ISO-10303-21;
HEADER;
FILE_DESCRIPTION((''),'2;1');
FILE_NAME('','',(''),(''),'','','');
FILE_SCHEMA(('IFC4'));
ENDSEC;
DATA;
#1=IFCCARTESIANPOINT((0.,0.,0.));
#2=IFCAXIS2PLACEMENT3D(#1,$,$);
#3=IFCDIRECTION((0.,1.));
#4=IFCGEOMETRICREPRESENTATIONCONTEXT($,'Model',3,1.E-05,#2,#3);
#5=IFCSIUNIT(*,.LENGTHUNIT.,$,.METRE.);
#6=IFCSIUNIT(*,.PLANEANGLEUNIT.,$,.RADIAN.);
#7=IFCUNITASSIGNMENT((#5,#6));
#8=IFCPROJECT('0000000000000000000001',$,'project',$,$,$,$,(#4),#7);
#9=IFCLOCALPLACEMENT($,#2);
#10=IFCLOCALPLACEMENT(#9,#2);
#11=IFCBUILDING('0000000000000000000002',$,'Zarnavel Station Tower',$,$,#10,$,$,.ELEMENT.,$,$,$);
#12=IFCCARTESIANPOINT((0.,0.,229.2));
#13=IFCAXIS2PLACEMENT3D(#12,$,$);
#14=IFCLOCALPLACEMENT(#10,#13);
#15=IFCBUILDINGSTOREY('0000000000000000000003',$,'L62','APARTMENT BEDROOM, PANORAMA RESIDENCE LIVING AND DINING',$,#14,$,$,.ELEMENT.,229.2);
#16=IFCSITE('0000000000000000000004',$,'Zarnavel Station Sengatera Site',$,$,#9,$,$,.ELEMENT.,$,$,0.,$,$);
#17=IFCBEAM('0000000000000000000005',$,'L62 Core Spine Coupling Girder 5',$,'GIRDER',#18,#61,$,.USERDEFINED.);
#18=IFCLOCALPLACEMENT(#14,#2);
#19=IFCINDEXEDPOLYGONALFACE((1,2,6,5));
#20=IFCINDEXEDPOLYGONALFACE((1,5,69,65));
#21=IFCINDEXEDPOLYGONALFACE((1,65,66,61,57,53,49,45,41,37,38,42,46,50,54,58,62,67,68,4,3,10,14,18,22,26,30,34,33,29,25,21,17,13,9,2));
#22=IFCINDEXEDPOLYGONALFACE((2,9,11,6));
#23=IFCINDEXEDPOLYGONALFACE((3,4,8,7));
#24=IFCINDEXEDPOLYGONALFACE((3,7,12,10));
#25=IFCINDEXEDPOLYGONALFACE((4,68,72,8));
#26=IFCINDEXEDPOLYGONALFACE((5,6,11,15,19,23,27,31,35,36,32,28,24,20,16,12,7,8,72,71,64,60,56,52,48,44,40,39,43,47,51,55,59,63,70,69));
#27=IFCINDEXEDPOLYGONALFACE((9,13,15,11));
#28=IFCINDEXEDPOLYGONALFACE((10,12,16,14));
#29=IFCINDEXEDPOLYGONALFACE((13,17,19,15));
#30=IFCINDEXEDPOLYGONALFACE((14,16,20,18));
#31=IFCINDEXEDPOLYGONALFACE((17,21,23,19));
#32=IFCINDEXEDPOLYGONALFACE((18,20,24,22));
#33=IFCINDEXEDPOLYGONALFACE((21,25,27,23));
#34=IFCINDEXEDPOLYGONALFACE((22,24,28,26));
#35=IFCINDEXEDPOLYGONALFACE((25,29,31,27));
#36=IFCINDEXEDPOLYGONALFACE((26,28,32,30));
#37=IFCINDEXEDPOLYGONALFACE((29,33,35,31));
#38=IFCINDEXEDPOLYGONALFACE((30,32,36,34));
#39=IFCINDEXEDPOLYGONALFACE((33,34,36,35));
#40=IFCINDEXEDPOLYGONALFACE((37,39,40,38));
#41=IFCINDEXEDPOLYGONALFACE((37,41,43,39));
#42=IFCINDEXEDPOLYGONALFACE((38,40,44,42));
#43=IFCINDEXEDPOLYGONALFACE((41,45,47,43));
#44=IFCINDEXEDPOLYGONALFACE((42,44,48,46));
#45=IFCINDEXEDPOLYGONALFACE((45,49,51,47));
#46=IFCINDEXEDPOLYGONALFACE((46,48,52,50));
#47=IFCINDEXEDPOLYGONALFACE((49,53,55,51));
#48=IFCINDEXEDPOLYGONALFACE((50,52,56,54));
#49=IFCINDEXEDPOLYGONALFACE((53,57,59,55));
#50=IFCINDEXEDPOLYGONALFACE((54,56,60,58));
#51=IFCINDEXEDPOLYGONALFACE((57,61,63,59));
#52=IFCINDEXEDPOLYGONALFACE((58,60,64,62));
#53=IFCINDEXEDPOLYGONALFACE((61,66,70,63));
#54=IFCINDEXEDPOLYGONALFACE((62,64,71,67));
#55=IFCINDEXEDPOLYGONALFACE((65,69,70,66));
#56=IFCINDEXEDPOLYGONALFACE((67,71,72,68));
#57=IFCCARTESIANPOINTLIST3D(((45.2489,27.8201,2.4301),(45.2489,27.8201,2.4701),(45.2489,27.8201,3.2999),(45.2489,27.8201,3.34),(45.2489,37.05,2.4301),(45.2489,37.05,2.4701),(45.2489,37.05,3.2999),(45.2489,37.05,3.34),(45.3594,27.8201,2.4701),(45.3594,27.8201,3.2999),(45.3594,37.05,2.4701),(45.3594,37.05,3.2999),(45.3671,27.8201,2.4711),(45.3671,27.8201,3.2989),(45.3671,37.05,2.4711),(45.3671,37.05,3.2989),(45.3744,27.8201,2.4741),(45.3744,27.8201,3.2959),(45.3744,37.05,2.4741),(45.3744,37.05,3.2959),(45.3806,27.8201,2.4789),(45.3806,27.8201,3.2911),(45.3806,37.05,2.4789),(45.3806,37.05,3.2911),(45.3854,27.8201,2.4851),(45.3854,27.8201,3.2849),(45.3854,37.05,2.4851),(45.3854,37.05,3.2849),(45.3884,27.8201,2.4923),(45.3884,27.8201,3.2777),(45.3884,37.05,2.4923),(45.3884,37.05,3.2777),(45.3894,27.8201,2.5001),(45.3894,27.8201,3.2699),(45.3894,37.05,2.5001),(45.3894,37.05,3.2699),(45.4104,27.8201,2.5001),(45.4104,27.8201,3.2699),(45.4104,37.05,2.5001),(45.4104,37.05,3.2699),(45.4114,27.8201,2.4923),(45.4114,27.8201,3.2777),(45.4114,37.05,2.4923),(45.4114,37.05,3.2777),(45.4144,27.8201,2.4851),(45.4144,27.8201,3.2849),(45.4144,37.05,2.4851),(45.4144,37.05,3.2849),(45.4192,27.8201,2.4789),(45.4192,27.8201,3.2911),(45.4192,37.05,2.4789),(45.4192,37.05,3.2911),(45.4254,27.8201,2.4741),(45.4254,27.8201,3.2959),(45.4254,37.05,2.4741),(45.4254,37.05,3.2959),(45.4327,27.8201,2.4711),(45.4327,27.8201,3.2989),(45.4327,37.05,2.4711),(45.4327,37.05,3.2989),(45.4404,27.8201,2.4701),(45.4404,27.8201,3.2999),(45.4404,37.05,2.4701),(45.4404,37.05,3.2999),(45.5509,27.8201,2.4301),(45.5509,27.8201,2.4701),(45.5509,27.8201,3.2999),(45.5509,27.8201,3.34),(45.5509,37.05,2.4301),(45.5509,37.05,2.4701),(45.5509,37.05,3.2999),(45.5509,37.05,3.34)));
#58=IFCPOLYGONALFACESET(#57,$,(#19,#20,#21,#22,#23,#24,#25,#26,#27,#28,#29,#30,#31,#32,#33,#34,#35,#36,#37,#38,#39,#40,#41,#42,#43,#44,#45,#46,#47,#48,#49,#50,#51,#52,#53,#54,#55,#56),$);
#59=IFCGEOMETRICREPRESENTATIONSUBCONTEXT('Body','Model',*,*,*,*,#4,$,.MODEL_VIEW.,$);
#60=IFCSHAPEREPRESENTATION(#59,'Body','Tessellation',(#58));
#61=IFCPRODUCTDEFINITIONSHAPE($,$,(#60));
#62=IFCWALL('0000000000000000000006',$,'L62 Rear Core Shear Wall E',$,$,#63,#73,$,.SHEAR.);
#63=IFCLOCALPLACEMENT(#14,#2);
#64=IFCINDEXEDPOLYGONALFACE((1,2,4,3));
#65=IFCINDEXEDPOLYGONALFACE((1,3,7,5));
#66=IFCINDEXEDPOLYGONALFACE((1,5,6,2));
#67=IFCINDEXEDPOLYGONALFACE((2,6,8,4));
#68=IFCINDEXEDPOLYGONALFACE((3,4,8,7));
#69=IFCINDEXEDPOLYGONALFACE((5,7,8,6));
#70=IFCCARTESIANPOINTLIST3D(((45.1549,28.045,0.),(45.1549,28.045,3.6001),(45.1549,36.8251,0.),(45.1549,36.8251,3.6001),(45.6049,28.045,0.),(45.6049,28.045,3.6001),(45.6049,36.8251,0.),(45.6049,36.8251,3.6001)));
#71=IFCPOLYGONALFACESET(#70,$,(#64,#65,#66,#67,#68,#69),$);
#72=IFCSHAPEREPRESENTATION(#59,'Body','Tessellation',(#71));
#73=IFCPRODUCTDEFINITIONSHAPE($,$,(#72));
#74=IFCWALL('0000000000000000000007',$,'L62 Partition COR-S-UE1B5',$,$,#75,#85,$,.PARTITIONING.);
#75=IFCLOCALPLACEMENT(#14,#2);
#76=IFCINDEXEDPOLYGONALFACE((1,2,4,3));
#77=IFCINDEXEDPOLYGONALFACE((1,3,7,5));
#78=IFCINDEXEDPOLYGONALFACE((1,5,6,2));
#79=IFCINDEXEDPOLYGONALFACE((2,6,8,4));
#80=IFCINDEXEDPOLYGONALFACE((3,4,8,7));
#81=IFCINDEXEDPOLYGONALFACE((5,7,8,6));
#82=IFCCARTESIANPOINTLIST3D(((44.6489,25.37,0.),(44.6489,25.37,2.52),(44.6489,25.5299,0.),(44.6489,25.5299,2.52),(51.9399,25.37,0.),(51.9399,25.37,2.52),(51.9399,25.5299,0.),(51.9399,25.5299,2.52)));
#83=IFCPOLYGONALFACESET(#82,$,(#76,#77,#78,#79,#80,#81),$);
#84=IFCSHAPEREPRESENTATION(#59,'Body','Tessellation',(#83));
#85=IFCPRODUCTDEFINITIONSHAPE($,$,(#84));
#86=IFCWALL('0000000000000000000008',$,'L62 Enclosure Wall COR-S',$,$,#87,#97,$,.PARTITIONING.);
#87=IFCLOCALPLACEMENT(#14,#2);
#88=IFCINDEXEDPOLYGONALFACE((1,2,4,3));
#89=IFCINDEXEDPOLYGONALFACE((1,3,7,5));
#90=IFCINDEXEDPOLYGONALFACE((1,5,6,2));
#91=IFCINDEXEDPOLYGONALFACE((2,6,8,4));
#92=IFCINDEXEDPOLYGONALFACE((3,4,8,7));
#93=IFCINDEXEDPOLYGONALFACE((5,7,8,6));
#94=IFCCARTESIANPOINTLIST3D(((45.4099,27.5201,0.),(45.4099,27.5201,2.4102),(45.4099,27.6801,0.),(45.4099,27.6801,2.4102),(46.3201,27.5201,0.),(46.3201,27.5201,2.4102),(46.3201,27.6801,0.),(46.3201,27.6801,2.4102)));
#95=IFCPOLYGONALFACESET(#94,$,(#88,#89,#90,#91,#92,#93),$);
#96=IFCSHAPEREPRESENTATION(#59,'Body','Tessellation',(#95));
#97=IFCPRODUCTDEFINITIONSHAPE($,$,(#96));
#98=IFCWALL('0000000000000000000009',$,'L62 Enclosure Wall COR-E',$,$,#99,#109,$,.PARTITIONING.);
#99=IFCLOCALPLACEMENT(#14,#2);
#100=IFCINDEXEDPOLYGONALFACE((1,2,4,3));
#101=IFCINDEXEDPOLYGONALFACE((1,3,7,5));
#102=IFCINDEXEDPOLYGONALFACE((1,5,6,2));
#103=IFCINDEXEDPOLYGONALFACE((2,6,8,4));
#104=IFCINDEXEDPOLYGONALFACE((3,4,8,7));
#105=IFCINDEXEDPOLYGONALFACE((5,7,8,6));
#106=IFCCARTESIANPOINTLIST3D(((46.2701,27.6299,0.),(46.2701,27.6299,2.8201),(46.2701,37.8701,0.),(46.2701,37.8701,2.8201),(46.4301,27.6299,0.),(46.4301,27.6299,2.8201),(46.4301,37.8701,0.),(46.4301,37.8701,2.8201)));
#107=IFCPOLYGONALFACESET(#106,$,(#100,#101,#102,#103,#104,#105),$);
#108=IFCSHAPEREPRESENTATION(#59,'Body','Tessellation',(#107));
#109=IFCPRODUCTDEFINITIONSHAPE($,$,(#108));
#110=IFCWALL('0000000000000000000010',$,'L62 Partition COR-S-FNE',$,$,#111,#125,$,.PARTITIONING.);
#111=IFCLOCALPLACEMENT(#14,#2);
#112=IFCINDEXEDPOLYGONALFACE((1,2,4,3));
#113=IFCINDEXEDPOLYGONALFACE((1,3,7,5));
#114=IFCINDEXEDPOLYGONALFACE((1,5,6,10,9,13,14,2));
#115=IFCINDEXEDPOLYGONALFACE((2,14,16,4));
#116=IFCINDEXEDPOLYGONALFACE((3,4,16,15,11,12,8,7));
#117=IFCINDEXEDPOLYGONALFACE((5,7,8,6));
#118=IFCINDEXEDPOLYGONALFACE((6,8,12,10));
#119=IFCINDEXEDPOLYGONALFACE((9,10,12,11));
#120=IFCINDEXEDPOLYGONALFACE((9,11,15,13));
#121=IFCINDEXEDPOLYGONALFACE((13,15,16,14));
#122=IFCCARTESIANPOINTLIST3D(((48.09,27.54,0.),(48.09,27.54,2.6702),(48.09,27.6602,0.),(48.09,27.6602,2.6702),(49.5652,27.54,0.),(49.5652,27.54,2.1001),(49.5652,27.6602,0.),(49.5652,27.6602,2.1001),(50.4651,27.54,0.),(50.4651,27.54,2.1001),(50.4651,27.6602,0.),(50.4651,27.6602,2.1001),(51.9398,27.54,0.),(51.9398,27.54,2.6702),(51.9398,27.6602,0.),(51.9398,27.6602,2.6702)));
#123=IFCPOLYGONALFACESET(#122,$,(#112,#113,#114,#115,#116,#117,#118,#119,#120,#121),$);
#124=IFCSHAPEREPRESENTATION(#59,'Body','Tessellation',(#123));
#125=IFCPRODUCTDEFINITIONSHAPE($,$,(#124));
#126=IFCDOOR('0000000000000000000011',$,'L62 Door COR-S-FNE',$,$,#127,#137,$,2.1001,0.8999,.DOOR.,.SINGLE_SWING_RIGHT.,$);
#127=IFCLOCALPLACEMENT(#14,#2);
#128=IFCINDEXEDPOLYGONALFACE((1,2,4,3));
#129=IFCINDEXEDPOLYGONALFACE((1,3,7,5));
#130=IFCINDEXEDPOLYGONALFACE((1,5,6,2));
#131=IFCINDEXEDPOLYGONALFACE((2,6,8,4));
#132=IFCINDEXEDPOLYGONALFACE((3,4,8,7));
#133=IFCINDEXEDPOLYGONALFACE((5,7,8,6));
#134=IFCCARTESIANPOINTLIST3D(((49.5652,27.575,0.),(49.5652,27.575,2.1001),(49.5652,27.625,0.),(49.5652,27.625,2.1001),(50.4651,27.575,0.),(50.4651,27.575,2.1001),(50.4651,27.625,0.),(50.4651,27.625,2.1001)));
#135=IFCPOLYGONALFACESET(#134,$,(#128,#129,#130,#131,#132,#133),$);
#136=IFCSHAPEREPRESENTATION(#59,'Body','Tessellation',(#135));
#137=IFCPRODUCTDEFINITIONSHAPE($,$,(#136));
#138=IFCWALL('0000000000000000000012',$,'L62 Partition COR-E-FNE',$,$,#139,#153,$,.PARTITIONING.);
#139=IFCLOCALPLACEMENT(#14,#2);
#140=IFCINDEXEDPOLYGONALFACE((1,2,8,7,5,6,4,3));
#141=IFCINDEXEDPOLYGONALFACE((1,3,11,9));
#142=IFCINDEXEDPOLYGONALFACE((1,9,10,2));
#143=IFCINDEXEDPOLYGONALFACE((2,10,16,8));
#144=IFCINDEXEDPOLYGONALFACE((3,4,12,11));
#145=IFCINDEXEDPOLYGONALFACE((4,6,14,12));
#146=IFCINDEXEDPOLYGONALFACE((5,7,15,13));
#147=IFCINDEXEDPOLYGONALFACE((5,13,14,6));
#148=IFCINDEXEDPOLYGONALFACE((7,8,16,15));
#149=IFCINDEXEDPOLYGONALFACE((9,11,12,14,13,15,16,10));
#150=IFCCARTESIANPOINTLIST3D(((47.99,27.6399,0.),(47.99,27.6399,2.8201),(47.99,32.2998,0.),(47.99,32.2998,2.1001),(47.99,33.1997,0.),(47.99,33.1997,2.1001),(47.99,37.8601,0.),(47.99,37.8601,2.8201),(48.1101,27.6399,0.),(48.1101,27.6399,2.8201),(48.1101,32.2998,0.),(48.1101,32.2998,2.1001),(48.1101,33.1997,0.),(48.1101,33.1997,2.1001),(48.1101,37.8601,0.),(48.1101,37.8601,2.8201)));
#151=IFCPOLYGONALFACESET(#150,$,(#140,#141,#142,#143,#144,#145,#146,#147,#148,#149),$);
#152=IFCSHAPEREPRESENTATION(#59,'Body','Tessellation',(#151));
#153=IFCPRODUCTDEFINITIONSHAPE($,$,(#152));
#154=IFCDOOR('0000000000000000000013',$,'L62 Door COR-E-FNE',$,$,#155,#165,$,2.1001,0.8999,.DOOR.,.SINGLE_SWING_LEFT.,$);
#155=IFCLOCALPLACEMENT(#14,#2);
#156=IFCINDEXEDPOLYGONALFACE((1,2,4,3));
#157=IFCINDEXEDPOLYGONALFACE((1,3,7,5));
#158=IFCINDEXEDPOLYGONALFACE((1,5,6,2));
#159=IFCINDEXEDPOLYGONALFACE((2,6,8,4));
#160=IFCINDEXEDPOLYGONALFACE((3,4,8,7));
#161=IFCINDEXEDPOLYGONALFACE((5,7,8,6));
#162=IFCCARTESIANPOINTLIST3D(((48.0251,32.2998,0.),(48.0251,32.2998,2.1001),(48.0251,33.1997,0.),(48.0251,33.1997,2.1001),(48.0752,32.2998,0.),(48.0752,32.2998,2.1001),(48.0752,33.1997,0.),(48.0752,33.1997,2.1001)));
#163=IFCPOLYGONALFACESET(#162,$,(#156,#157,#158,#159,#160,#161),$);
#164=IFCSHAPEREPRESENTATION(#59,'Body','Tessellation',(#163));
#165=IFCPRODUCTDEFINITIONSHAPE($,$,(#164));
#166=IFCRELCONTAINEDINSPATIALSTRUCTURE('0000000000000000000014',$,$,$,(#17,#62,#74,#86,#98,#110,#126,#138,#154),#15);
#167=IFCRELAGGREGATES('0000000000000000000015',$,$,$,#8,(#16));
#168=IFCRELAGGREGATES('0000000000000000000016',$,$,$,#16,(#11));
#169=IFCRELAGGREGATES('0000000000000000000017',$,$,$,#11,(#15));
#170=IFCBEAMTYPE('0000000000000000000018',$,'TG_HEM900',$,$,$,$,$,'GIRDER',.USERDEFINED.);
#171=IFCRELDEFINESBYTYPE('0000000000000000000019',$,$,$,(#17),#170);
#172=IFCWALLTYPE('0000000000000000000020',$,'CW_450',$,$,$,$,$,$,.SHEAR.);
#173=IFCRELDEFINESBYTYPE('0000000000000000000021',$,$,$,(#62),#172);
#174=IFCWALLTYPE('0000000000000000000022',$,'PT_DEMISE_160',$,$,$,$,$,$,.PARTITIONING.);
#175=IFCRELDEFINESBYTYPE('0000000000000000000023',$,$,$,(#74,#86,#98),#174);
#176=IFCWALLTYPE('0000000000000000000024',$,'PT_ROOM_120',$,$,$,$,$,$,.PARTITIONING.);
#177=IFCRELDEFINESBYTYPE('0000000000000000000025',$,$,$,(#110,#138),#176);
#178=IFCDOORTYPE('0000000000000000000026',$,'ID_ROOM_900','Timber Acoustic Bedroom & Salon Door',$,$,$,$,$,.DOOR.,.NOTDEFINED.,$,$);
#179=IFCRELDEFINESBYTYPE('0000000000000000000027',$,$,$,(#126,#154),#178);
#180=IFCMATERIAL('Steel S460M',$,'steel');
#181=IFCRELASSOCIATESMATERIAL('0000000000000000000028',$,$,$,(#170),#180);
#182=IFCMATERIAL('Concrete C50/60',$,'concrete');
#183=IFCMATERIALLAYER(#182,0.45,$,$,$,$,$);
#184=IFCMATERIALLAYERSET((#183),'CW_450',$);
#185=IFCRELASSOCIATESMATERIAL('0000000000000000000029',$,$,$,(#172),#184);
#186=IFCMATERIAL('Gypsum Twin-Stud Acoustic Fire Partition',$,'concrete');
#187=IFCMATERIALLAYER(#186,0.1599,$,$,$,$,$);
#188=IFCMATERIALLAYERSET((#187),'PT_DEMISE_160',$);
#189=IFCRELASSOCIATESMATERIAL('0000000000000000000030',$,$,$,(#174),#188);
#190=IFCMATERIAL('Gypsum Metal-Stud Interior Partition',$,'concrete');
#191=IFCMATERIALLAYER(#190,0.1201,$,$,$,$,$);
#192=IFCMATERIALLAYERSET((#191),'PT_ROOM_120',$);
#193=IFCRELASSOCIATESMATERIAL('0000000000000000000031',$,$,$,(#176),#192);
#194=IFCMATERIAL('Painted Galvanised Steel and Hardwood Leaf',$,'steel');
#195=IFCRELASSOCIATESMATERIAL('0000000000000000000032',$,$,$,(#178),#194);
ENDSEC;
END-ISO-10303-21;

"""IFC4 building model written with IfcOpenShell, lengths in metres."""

from ifc_helpers import new_model, si_unit, direction, frame, frame_2d, origin, origin_2d, place, context, subcontext, project, spatial, rectangle, i_section, extrude, material, layer, layer_set, material_profile, profile_set, type_object, element, fill, save


model = new_model("IFC4")

# Units and contexts
model_context = context("Model", 3, precision=1e-05, world=origin(), true_north=direction((0.0, 1.0)))
body_context = subcontext(model_context, "Body", "Model", "MODEL_VIEW")
ifc_project = project(units=[si_unit("LENGTHUNIT", "METRE"), si_unit("PLANEANGLEUNIT", "RADIAN")], contexts=[model_context])

# Site, building, storey
site_placement = place(None, origin())
site = spatial("IfcSite", under=ifc_project, at=site_placement, Name="Zarnavel Station Sengatera Site", CompositionType="ELEMENT", RefElevation=0.0)
building_placement = place(site_placement, origin())
building = spatial("IfcBuilding", under=site, at=building_placement, Name="Zarnavel Station Tower", CompositionType="ELEMENT")
storey_placement = place(building_placement, frame((0.0, 0.0, 229.2)))
storey = spatial("IfcBuildingStorey", under=building, at=storey_placement, Name="L62", Description="APARTMENT BEDROOM, PANORAMA RESIDENCE LIVING AND DINING", CompositionType="ELEMENT", Elevation=229.2)

# Beam
ifc_material_1 = material(Name="Steel S460M", Category="steel")
ifc_material_profile_1 = material_profile(ifc_material_1, i_section(OverallWidth=0.302, OverallDepth=0.9099, WebThickness=0.021, FlangeThickness=0.04, FilletRadius=0.03, at=origin_2d()), Name="HEM900")
ifc_profile_set_1 = profile_set([ifc_material_profile_1], Name="Steel S460M")
beam_type_1 = type_object("IfcBeamType", Name="TG_HEM900", ElementType="GIRDER", PredefinedType="USERDEFINED", material=ifc_profile_set_1)
beam_1_placement = place(storey_placement, frame((45.3999, 27.8201, 2.885), z_axis=(0.0, 1.0, 0.0), x_axis=(-1.0, 0.0, 0.0)))
element("IfcBeam", 1, at=beam_1_placement, inside=storey, type_object=beam_type_1, Name="L62 Core Spine Coupling Girder 5", ObjectType="GIRDER", PredefinedType="USERDEFINED", context=body_context, shape_type="SweptSolid", body=[
    extrude(i_section(OverallWidth=0.302, OverallDepth=0.9099, WebThickness=0.021, FlangeThickness=0.04, FilletRadius=0.03, at=origin_2d()), origin(), (0.0, 0.0, 1.0), 9.23),
])

# Shared definitions
ifc_material_2 = material(Name="Concrete C50/60", Category="concrete")
ifc_layer_1 = layer(ifc_material_2, 0.45)
ifc_layer_set_1 = layer_set([ifc_layer_1], Name="CW_450")
wall_type_1 = type_object("IfcWallType", Name="CW_450", PredefinedType="SHEAR", material=ifc_layer_set_1)

# Wall
wall_1_placement = place(storey_placement, frame((45.3799, 28.0449, 0.0), z_axis=(0.0, 0.0, 1.0), x_axis=(0.0, 1.0, 0.0)))
element("IfcWall", 2, at=wall_1_placement, inside=storey, type_object=wall_type_1, Name="L62 Rear Core Shear Wall E", PredefinedType="SHEAR", context=body_context, shape_type="SweptSolid", body=[
    extrude(rectangle(XDim=8.78, YDim=0.45, at=frame_2d((4.3901, 0.0))), origin(), (0.0, 0.0, 1.0), 3.6001),
])

# Shared definitions
ifc_material_3 = material(Name="Gypsum Twin-Stud Acoustic Fire Partition", Category="concrete")
ifc_layer_2 = layer(ifc_material_3, 0.1599)
ifc_layer_set_2 = layer_set([ifc_layer_2], Name="PT_DEMISE_160")
wall_type_2 = type_object("IfcWallType", Name="PT_DEMISE_160", PredefinedType="PARTITIONING", material=ifc_layer_set_2)

# Walls
wall_2_placement = place(storey_placement, frame((44.6489, 25.45, 0.0), z_axis=(0.0, 0.0, 1.0), x_axis=(1.0, 0.0, 0.0)))
element("IfcWall", 3, at=wall_2_placement, inside=storey, type_object=wall_type_2, Name="L62 Partition COR-S-UE1B5", PredefinedType="PARTITIONING", context=body_context, shape_type="SweptSolid", body=[
    extrude(rectangle(XDim=7.291, YDim=0.1599, at=frame_2d((3.6455, 0.0))), origin(), (0.0, 0.0, 1.0), 2.52),
])
wall_3_placement = place(storey_placement, frame((45.4099, 27.6001, 0.0), z_axis=(0.0, 0.0, 1.0), x_axis=(1.0, 0.0, 0.0)))
element("IfcWall", 4, at=wall_3_placement, inside=storey, type_object=wall_type_2, Name="L62 Enclosure Wall COR-S", PredefinedType="PARTITIONING", context=body_context, shape_type="SweptSolid", body=[
    extrude(rectangle(XDim=0.9102, YDim=0.1599, at=frame_2d((0.4551, 0.0))), origin(), (0.0, 0.0, 1.0), 2.4102),
])
wall_4_placement = place(storey_placement, frame((46.3501, 27.6299, 0.0), z_axis=(0.0, 0.0, 1.0), x_axis=(0.0, 1.0, 0.0)))
element("IfcWall", 5, at=wall_4_placement, inside=storey, type_object=wall_type_2, Name="L62 Enclosure Wall COR-E", PredefinedType="PARTITIONING", context=body_context, shape_type="SweptSolid", body=[
    extrude(rectangle(XDim=10.2402, YDim=0.1599, at=frame_2d((5.1201, 0.0))), origin(), (0.0, 0.0, 1.0), 2.8201),
])

# Walls, openings, doors
ifc_material_4 = material(Name="Gypsum Metal-Stud Interior Partition", Category="concrete")
ifc_layer_3 = layer(ifc_material_4, 0.1201)
ifc_layer_set_3 = layer_set([ifc_layer_3], Name="PT_ROOM_120")
wall_type_3 = type_object("IfcWallType", Name="PT_ROOM_120", PredefinedType="PARTITIONING", material=ifc_layer_set_3)
wall_5_placement = place(storey_placement, frame((48.0901, 27.6001, 0.0), z_axis=(0.0, 0.0, 1.0), x_axis=(1.0, 0.0, 0.0)))
wall_5 = element("IfcWall", 6, at=wall_5_placement, inside=storey, type_object=wall_type_3, Name="L62 Partition COR-S-FNE", PredefinedType="PARTITIONING", context=body_context, shape_type="SweptSolid", body=[
    extrude(rectangle(XDim=3.8499, YDim=0.1201, at=frame_2d((1.9248, 0.0))), origin(), (0.0, 0.0, 1.0), 2.6702),
])
opening_1_placement = place(wall_5_placement, frame((1.4751, 0.0, 0.0)))
opening_1 = element("IfcOpeningElement", 7, at=opening_1_placement, cuts=wall_5, PredefinedType="OPENING", context=body_context, shape_type="SweptSolid", body=[
    extrude(rectangle(XDim=0.8999, YDim=2.1001, at=frame_2d((0.45, 1.05))), frame((0.0, 0.0701, 0.0), z_axis=(0.0, -1.0, 0.0), x_axis=(1.0, 0.0, 0.0)), (0.0, 0.0, 1.0), 0.1401),
])
ifc_material_5 = material(Name="Painted Galvanised Steel and Hardwood Leaf", Category="steel")
door_type_1 = type_object("IfcDoorType", Name="ID_ROOM_900", Description="Timber Acoustic Bedroom & Salon Door", OperationType="NOTDEFINED", PredefinedType="DOOR", material=ifc_material_5)
door_1_placement = place(opening_1_placement, origin())
door_1 = element("IfcDoor", 8, at=door_1_placement, inside=storey, type_object=door_type_1, Name="L62 Door COR-S-FNE", OperationType="SINGLE_SWING_RIGHT", OverallHeight=2.1001, OverallWidth=0.8999, PredefinedType="DOOR", context=body_context, shape_type="SweptSolid", body=[
    extrude(rectangle(XDim=0.8999, YDim=2.1001, at=frame_2d((0.45, 1.05))), frame((0.0, 0.0249, 0.0), z_axis=(0.0, -1.0, 0.0), x_axis=(1.0, 0.0, 0.0)), (0.0, 0.0, 1.0), 0.05),
])
fill(opening_1, door_1)
wall_6_placement = place(storey_placement, frame((48.05, 27.6399, 0.0), z_axis=(0.0, 0.0, 1.0), x_axis=(0.0, 1.0, 0.0)))
wall_6 = element("IfcWall", 9, at=wall_6_placement, inside=storey, type_object=wall_type_3, Name="L62 Partition COR-E-FNE", PredefinedType="PARTITIONING", context=body_context, shape_type="SweptSolid", body=[
    extrude(rectangle(XDim=10.2202, YDim=0.1201, at=frame_2d((5.1101, 0.0))), origin(), (0.0, 0.0, 1.0), 2.8201),
])
opening_2_placement = place(wall_6_placement, frame((4.6599, 0.0, 0.0)))
opening_2 = element("IfcOpeningElement", 10, at=opening_2_placement, cuts=wall_6, PredefinedType="OPENING", context=body_context, shape_type="SweptSolid", body=[
    extrude(rectangle(XDim=0.8999, YDim=2.1001, at=frame_2d((0.45, 1.05))), frame((0.0, 0.0701, 0.0), z_axis=(0.0, -1.0, 0.0), x_axis=(1.0, 0.0, 0.0)), (0.0, 0.0, 1.0), 0.1401),
])
door_2_placement = place(opening_2_placement, origin())
door_2 = element("IfcDoor", 11, at=door_2_placement, inside=storey, type_object=door_type_1, Name="L62 Door COR-E-FNE", OperationType="SINGLE_SWING_LEFT", OverallHeight=2.1001, OverallWidth=0.8999, PredefinedType="DOOR", context=body_context, shape_type="SweptSolid", body=[
    extrude(rectangle(XDim=0.8999, YDim=2.1001, at=frame_2d((0.45, 1.05))), frame((0.0, 0.0249, 0.0), z_axis=(0.0, -1.0, 0.0), x_axis=(1.0, 0.0, 0.0)), (0.0, 0.0, 1.0), 0.05),
])
fill(opening_2, door_2)

save(model, "model.ifc")
